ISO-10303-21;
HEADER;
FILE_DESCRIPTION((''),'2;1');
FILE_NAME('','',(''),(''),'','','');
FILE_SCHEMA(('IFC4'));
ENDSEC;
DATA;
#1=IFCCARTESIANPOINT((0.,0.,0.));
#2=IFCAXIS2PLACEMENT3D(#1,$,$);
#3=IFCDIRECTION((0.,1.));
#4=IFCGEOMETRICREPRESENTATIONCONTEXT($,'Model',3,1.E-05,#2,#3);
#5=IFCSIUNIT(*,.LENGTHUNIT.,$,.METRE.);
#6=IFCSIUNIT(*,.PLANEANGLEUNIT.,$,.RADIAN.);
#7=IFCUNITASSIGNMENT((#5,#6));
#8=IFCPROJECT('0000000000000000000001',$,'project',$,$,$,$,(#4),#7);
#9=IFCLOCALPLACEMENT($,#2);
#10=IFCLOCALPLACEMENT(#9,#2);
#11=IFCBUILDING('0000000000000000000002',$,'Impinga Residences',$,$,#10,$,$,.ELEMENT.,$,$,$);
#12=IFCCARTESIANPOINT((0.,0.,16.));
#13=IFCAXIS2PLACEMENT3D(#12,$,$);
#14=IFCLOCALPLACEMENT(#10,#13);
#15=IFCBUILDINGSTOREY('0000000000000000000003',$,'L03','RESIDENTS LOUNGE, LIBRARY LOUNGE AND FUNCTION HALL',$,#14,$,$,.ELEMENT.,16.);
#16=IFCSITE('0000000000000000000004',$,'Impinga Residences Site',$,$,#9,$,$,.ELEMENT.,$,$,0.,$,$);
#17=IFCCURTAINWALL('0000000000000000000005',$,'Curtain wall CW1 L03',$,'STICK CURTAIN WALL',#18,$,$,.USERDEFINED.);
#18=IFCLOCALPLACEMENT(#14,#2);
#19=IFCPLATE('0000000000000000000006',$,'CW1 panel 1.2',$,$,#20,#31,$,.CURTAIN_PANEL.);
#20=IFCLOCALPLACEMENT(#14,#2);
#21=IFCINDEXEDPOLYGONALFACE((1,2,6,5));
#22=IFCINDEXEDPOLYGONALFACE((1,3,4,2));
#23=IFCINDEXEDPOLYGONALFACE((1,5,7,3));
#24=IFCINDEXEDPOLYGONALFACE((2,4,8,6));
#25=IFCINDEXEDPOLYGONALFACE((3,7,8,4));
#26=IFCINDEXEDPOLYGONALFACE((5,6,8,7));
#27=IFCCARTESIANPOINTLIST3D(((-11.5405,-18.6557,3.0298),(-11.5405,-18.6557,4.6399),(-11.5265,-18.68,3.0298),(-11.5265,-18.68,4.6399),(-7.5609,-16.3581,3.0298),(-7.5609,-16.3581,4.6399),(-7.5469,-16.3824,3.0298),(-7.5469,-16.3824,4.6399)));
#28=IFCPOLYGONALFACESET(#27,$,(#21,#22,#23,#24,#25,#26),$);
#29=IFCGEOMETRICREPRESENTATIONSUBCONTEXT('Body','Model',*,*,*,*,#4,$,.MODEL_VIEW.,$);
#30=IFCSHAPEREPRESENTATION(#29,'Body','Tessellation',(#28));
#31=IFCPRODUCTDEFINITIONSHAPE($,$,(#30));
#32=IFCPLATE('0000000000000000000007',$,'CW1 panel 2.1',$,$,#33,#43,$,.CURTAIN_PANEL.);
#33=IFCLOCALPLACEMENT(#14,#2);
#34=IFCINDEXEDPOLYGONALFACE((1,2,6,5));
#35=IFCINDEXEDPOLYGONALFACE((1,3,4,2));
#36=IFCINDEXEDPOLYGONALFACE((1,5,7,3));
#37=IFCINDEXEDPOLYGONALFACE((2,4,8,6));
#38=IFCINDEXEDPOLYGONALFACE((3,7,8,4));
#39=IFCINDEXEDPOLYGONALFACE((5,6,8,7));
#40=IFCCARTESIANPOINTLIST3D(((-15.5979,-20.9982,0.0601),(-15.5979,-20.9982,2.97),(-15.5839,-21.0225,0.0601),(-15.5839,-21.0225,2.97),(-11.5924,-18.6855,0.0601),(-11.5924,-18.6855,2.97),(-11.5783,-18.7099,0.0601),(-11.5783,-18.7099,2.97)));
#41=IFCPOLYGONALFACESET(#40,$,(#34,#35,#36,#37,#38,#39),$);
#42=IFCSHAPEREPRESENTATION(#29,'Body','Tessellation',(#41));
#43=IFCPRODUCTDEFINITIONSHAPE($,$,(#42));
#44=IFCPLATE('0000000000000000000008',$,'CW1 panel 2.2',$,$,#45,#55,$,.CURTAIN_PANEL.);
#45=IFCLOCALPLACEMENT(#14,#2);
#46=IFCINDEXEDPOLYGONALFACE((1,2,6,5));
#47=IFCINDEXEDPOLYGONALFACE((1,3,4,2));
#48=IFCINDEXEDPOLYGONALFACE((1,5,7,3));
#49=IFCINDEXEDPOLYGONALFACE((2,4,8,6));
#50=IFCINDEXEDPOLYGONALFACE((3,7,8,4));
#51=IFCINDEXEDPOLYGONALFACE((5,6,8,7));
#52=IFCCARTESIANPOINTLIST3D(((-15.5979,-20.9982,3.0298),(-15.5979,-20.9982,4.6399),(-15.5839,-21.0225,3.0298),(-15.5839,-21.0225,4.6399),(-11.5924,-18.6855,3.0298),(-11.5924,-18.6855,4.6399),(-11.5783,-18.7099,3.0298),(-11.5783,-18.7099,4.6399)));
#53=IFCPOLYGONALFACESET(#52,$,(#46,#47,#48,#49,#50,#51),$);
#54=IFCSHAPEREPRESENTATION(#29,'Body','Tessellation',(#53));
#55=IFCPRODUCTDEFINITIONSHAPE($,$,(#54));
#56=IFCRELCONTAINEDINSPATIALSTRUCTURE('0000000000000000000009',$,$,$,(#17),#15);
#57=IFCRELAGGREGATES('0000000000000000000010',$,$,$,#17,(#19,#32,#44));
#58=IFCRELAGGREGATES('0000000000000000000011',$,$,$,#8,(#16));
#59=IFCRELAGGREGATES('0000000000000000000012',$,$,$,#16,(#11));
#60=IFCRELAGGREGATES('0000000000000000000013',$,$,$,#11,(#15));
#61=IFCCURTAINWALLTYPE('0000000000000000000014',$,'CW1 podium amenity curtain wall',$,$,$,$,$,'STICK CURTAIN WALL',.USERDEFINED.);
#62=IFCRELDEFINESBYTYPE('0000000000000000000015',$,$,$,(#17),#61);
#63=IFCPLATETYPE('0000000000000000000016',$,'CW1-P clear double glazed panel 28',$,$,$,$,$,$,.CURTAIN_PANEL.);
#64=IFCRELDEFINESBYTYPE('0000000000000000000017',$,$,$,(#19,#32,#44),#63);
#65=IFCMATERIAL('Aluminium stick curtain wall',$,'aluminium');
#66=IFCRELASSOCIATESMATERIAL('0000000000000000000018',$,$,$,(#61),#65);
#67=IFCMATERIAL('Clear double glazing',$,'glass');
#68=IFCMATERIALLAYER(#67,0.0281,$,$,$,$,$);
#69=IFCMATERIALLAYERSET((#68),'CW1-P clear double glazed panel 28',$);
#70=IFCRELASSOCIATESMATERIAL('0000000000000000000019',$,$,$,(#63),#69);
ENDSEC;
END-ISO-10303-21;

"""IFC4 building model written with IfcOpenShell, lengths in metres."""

from ifc_helpers import new_model, si_unit, direction, frame, origin, origin_2d, place, context, subcontext, project, spatial, rectangle, extrude, material, layer, layer_set, type_object, element, aggregate, save


model = new_model("IFC4")

# Units and contexts
model_context = context("Model", 3, precision=1e-05, world=origin(), true_north=direction((0.0, 1.0)))
body_context = subcontext(model_context, "Body", "Model", "MODEL_VIEW")
ifc_project = project(units=[si_unit("LENGTHUNIT", "METRE"), si_unit("PLANEANGLEUNIT", "RADIAN")], contexts=[model_context])

# Site, building, storey
site_placement = place(None, origin())
site = spatial("IfcSite", under=ifc_project, at=site_placement, Name="Impinga Residences Site", CompositionType="ELEMENT", RefElevation=0.0)
building_placement = place(site_placement, origin())
building = spatial("IfcBuilding", under=site, at=building_placement, Name="Impinga Residences", CompositionType="ELEMENT")
storey_placement = place(building_placement, frame((0.0, 0.0, 16.0)))
storey = spatial("IfcBuildingStorey", under=building, at=storey_placement, Name="L03", Description="RESIDENTS LOUNGE, LIBRARY LOUNGE AND FUNCTION HALL", CompositionType="ELEMENT", Elevation=16.0)

# Curtain wall
ifc_material_1 = material(Name="Aluminium stick curtain wall", Category="aluminium")
curtain_wall_type = type_object("IfcCurtainWallType", Name="CW1 podium amenity curtain wall", ElementType="STICK CURTAIN WALL", PredefinedType="USERDEFINED", material=ifc_material_1)
curtain_wall_1_placement = place(storey_placement, origin())
curtain_wall_1 = element("IfcCurtainWall", 1, at=curtain_wall_1_placement, inside=storey, type_object=curtain_wall_type, Name="Curtain wall CW1 L03", ObjectType="STICK CURTAIN WALL", PredefinedType="USERDEFINED")

# Plates
ifc_material_2 = material(Name="Clear double glazing", Category="glass")
ifc_layer = layer(ifc_material_2, 0.0281)
ifc_layer_set = layer_set([ifc_layer], Name="CW1-P clear double glazed panel 28")
plate_type = type_object("IfcPlateType", Name="CW1-P clear double glazed panel 28", PredefinedType="CURTAIN_PANEL", material=ifc_layer_set)
plate_1_placement = place(storey_placement, frame((-9.5437, -17.519, 3.0298), z_axis=(0.0, 0.0, 1.0), x_axis=(-0.866025, -0.5, 0.0)))
plate_1 = element("IfcPlate", 2, at=plate_1_placement, type_object=plate_type, Name="CW1 panel 1.2", PredefinedType="CURTAIN_PANEL", context=body_context, shape_type="SweptSolid", body=[
    extrude(rectangle(XDim=4.5952, YDim=0.0281, at=origin_2d()), origin(), (0.0, 0.0, 1.0), 1.6101),
])
plate_2_placement = place(storey_placement, frame((-13.5881, -19.854, 0.0601), z_axis=(0.0, 0.0, 1.0), x_axis=(-0.866025, -0.5, 0.0)))
plate_2 = element("IfcPlate", 3, at=plate_2_placement, type_object=plate_type, Name="CW1 panel 2.1", PredefinedType="CURTAIN_PANEL", context=body_context, shape_type="SweptSolid", body=[
    extrude(rectangle(XDim=4.6252, YDim=0.0281, at=origin_2d()), origin(), (0.0, 0.0, 1.0), 2.9099),
])
plate_3_placement = place(storey_placement, frame((-13.5881, -19.854, 3.0298), z_axis=(0.0, 0.0, 1.0), x_axis=(-0.866025, -0.5, 0.0)))
plate_3 = element("IfcPlate", 4, at=plate_3_placement, type_object=plate_type, Name="CW1 panel 2.2", PredefinedType="CURTAIN_PANEL", context=body_context, shape_type="SweptSolid", body=[
    extrude(rectangle(XDim=4.6252, YDim=0.0281, at=origin_2d()), origin(), (0.0, 0.0, 1.0), 1.6101),
])
aggregate(curtain_wall_1, [plate_1, plate_2, plate_3])

save(model, "model.ifc")
